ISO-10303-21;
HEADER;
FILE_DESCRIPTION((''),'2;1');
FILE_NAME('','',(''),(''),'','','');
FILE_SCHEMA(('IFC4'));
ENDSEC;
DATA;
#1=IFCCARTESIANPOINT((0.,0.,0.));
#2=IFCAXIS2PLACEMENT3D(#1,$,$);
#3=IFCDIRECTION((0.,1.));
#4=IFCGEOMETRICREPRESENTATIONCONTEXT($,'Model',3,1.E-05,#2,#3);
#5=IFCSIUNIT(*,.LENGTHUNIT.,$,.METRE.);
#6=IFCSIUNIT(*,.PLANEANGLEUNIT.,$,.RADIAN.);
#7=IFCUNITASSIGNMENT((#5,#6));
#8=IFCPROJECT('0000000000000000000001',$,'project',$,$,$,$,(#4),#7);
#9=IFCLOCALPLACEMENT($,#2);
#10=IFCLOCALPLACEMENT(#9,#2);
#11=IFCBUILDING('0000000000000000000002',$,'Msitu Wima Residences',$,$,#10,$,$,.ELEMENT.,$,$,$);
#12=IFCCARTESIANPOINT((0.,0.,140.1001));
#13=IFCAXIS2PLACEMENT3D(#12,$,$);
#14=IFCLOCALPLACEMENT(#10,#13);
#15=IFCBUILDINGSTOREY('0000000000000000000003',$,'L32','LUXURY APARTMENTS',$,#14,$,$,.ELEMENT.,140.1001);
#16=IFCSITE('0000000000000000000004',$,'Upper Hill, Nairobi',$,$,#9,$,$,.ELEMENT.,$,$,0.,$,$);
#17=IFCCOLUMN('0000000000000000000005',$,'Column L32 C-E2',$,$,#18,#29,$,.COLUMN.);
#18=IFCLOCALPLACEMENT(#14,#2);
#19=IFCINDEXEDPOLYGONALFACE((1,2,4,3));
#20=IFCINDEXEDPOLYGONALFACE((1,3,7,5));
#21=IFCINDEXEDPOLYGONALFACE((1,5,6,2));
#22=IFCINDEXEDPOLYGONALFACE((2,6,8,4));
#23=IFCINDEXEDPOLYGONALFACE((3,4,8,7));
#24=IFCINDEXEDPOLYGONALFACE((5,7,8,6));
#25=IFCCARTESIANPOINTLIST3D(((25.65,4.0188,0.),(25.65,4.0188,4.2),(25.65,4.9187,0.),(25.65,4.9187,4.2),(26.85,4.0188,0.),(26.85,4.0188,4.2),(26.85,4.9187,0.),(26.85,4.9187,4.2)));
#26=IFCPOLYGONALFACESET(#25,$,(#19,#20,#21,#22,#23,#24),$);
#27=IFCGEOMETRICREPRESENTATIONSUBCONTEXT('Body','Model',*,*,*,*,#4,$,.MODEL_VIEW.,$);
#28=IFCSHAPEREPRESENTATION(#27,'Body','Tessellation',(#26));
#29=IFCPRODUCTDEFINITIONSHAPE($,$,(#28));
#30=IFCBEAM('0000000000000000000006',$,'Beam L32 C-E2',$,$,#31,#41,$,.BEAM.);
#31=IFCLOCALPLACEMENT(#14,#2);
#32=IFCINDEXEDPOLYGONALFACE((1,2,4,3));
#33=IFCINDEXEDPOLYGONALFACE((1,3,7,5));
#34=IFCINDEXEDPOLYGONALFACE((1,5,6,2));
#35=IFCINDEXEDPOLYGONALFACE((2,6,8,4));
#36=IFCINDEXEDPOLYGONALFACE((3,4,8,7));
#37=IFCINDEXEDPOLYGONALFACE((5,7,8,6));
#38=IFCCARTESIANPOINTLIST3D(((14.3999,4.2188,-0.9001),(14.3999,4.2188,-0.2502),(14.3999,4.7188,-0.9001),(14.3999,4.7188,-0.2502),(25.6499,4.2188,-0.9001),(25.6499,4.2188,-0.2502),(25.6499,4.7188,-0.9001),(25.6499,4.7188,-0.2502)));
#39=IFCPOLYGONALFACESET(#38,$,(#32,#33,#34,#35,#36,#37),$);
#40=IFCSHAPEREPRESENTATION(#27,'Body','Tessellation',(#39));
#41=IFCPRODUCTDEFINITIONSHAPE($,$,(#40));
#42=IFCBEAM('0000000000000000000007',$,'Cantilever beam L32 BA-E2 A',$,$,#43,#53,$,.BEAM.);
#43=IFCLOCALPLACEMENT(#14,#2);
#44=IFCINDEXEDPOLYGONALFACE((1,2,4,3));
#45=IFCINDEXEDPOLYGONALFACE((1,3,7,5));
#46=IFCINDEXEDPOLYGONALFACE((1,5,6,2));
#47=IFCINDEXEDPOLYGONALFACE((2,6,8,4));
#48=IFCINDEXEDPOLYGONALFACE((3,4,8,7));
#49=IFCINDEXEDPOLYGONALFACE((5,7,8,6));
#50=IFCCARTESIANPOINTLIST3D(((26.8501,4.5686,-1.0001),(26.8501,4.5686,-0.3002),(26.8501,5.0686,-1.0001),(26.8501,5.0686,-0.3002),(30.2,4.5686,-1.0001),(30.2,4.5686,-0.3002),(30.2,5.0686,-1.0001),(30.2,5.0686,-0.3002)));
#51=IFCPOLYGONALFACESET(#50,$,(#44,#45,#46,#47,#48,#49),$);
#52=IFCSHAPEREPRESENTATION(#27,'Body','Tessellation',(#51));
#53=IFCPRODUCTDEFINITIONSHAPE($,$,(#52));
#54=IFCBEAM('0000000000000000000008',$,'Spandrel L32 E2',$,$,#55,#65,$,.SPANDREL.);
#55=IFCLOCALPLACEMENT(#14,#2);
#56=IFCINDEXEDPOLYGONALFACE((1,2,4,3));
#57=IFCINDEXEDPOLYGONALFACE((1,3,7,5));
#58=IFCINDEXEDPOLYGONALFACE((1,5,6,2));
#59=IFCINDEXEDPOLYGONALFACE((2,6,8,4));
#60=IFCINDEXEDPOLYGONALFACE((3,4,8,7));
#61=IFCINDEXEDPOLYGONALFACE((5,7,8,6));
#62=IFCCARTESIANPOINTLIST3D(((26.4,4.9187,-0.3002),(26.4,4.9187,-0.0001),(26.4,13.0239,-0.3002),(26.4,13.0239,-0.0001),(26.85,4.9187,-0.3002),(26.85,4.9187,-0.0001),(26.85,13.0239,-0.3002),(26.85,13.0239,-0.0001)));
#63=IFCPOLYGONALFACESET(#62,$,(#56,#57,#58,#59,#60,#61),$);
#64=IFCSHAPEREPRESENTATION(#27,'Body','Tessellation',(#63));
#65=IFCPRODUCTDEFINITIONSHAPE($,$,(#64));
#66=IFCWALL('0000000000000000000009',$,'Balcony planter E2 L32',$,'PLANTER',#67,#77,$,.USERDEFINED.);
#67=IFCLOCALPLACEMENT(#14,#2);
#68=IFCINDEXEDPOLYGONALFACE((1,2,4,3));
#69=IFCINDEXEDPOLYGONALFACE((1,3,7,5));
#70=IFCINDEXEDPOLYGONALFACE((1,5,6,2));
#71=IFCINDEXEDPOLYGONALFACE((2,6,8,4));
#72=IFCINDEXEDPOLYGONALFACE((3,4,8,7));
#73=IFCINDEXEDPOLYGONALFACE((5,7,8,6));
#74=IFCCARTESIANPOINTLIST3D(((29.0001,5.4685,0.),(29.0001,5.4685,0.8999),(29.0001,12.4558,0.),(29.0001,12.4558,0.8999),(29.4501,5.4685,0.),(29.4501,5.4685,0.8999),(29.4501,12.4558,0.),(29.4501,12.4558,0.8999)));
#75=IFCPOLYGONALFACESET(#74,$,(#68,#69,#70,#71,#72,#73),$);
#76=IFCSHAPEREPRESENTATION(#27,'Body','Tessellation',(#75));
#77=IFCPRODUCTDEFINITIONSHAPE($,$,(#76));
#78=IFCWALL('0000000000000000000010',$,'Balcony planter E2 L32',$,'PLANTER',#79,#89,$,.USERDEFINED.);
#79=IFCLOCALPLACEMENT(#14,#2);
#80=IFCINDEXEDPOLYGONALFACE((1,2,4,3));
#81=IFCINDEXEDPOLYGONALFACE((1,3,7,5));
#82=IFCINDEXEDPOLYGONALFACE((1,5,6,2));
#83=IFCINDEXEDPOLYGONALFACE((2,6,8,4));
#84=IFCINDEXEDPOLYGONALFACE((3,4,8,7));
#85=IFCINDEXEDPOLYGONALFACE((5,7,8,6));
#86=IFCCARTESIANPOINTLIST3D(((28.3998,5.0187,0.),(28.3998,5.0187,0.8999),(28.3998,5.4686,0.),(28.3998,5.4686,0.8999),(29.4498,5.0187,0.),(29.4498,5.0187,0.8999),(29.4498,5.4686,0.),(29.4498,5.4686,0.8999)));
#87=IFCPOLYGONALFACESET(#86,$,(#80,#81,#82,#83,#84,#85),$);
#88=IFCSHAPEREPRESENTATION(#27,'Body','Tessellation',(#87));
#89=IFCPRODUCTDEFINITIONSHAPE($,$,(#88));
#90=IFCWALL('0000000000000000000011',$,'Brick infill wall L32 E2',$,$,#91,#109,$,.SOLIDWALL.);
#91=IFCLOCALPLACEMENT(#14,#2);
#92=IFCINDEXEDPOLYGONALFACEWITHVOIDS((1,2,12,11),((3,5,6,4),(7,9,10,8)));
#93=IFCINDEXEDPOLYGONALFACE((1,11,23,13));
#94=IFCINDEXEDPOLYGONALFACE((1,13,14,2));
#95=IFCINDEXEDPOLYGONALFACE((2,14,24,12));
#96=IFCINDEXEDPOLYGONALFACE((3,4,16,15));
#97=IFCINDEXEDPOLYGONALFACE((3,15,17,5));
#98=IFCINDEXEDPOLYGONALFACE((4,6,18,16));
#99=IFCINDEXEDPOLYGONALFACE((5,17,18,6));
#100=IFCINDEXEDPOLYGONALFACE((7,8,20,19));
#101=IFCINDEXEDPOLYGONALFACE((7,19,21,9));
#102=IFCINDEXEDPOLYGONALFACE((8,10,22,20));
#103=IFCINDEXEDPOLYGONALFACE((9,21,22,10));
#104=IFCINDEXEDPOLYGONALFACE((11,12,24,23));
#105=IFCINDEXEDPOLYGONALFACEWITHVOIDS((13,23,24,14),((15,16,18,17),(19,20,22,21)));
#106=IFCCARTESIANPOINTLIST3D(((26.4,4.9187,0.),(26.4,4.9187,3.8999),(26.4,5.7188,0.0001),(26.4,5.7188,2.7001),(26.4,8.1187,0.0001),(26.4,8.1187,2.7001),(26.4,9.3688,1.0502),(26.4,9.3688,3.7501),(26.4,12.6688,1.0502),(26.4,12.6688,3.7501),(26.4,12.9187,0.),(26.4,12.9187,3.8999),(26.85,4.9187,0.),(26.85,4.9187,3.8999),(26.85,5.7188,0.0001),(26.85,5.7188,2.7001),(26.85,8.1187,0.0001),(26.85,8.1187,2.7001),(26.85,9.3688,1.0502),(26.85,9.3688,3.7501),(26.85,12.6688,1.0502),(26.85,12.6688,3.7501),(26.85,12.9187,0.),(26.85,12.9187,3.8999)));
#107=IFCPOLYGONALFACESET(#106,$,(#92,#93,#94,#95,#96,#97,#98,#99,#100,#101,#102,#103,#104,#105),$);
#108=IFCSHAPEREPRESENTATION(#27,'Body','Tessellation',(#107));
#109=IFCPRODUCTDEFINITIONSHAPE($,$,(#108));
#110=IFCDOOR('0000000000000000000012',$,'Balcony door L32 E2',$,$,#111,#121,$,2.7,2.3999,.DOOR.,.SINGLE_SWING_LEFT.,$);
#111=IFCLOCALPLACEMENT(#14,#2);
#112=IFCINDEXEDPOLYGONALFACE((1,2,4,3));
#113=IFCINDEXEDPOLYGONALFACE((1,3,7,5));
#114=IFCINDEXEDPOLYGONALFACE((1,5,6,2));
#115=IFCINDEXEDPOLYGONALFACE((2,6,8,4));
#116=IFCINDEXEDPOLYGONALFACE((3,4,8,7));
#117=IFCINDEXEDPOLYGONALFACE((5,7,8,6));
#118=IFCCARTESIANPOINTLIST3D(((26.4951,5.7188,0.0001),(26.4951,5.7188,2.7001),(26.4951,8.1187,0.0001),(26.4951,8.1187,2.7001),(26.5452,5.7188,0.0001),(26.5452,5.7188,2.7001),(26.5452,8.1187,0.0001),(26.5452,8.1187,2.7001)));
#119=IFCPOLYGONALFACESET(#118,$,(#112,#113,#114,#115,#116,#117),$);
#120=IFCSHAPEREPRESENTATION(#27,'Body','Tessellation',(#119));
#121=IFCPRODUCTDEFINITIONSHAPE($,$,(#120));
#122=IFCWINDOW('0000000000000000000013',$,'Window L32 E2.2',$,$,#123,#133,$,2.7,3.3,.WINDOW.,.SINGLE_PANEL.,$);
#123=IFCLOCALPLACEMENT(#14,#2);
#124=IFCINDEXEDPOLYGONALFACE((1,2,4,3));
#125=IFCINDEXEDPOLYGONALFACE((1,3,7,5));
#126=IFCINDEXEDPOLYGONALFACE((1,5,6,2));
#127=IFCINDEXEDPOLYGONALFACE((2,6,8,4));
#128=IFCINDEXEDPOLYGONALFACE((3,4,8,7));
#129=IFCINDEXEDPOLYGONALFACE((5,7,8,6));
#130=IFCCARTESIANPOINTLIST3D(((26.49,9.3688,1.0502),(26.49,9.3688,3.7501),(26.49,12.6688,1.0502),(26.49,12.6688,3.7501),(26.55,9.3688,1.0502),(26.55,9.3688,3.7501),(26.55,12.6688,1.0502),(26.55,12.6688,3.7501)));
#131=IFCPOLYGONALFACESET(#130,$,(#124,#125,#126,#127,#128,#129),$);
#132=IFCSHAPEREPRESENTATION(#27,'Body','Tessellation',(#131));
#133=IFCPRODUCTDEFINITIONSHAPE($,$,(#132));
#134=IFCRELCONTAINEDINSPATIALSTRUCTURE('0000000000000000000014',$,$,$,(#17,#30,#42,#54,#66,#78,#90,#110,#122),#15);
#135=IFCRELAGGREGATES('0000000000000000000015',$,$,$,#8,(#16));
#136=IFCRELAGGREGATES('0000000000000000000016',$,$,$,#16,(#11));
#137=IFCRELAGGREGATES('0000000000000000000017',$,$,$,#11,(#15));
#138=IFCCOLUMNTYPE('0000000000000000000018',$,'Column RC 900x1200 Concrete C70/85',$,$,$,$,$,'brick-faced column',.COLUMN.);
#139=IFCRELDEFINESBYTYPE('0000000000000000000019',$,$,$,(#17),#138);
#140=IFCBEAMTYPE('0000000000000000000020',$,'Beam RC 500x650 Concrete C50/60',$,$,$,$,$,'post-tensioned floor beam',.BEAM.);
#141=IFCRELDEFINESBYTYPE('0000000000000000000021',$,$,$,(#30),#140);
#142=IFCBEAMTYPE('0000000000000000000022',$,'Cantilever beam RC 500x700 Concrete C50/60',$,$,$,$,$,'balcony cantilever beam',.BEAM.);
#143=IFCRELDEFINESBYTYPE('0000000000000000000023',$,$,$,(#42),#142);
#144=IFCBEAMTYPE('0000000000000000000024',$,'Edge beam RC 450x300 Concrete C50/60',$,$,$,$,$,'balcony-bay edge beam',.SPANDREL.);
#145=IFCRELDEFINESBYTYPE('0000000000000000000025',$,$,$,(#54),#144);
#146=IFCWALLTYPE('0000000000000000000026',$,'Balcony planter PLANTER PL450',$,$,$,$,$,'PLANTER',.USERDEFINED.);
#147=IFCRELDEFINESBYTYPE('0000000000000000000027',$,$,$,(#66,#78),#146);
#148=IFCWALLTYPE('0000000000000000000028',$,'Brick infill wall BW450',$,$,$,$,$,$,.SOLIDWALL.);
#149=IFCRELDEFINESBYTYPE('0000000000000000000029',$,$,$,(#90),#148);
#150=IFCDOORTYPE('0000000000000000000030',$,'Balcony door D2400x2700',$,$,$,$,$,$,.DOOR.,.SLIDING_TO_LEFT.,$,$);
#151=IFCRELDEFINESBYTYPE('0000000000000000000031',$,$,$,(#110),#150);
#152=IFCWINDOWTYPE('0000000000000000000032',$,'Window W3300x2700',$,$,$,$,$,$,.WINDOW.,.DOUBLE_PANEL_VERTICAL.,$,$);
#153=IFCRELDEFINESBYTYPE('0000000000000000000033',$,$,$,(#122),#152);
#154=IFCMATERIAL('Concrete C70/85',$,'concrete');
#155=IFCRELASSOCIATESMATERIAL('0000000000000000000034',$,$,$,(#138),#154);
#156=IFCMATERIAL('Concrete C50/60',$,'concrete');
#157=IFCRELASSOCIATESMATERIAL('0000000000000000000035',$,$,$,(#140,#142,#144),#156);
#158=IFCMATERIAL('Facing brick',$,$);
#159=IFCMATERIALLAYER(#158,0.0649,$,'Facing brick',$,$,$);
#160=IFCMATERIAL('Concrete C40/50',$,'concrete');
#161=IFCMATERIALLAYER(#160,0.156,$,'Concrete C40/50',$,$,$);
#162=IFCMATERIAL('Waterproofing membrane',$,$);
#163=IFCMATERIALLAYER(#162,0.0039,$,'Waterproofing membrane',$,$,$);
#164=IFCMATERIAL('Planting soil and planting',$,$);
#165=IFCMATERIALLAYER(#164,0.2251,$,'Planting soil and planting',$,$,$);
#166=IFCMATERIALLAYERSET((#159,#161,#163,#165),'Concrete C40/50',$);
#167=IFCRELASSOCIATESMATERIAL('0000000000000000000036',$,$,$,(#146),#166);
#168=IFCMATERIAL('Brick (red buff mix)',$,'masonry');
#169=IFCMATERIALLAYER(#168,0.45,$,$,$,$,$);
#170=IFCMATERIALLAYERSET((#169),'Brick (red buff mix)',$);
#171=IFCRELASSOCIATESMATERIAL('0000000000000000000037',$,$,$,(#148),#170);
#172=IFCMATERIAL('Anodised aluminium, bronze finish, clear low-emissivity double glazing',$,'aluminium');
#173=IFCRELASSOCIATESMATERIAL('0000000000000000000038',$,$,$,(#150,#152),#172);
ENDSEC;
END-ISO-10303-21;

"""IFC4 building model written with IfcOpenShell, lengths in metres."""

from ifc_helpers import new_model, si_unit, direction, frame, frame_2d, origin, origin_2d, place, context, subcontext, project, spatial, rectangle, extrude, material, layer, layer_set, material_profile, profile_set, type_object, element, fill, save


model = new_model("IFC4")

# Units and contexts
model_context = context("Model", 3, precision=1e-05, world=origin(), true_north=direction((0.0, 1.0)))
body_context = subcontext(model_context, "Body", "Model", "MODEL_VIEW")
ifc_project = project(units=[si_unit("LENGTHUNIT", "METRE"), si_unit("PLANEANGLEUNIT", "RADIAN")], contexts=[model_context])

# Site, building, storey
site_placement = place(None, origin())
site = spatial("IfcSite", under=ifc_project, at=site_placement, Name="Upper Hill, Nairobi", CompositionType="ELEMENT", RefElevation=0.0)
building_placement = place(site_placement, origin())
building = spatial("IfcBuilding", under=site, at=building_placement, Name="Msitu Wima Residences", CompositionType="ELEMENT")
storey_placement = place(building_placement, frame((0.0, 0.0, 140.1001)))
storey = spatial("IfcBuildingStorey", under=building, at=storey_placement, Name="L32", Description="LUXURY APARTMENTS", CompositionType="ELEMENT", Elevation=140.1001)

# Column
ifc_material_1 = material(Name="Concrete C70/85", Category="concrete")
ifc_material_profile_1 = material_profile(ifc_material_1, rectangle(XDim=0.8999, YDim=1.2, at=origin_2d()), Name="RC 900x1200")
ifc_profile_set_1 = profile_set([ifc_material_profile_1], Name="Concrete C70/85")
column_type = type_object("IfcColumnType", Name="Column RC 900x1200 Concrete C70/85", ElementType="brick-faced column", PredefinedType="COLUMN", material=ifc_profile_set_1)
column_placement = place(storey_placement, frame((26.25, 4.4688, 0.0), z_axis=(0.0, 0.0, 1.0), x_axis=(0.0, 1.0, 0.0)))
element("IfcColumn", 1, at=column_placement, inside=storey, type_object=column_type, Name="Column L32 C-E2", PredefinedType="COLUMN", context=body_context, shape_type="SweptSolid", body=[
    extrude(rectangle(XDim=0.8999, YDim=1.2, at=origin_2d()), origin(), (0.0, 0.0, 1.0), 4.2),
])

# Beams
ifc_material_2 = material(Name="Concrete C50/60", Category="concrete")
ifc_material_profile_2 = material_profile(ifc_material_2, rectangle(XDim=0.5, YDim=0.6499, at=origin_2d()), Name="RC 500x650")
ifc_profile_set_2 = profile_set([ifc_material_profile_2], Name="Concrete C50/60")
beam_type_1 = type_object("IfcBeamType", Name="Beam RC 500x650 Concrete C50/60", ElementType="post-tensioned floor beam", PredefinedType="BEAM", material=ifc_profile_set_2)
beam_1_placement = place(storey_placement, frame((25.6499, 4.4688, -0.5752), z_axis=(-1.0, 0.0, 0.0), x_axis=(0.0, -1.0, 0.0)))
element("IfcBeam", 2, at=beam_1_placement, inside=storey, type_object=beam_type_1, Name="Beam L32 C-E2", PredefinedType="BEAM", context=body_context, shape_type="SweptSolid", body=[
    extrude(rectangle(XDim=0.5, YDim=0.6499, at=origin_2d()), origin(), (0.0, 0.0, 1.0), 11.25),
])
ifc_material_profile_3 = material_profile(ifc_material_2, rectangle(XDim=0.5, YDim=0.7, at=origin_2d()), Name="RC 500x700")
ifc_profile_set_3 = profile_set([ifc_material_profile_3], Name="Concrete C50/60")
beam_type_2 = type_object("IfcBeamType", Name="Cantilever beam RC 500x700 Concrete C50/60", ElementType="balcony cantilever beam", PredefinedType="BEAM", material=ifc_profile_set_3)
beam_2_placement = place(storey_placement, frame((26.8501, 4.8186, -0.6501), z_axis=(1.0, 0.0, 0.0), x_axis=(0.0, 1.0, 0.0)))
element("IfcBeam", 3, at=beam_2_placement, inside=storey, type_object=beam_type_2, Name="Cantilever beam L32 BA-E2 A", PredefinedType="BEAM", context=body_context, shape_type="SweptSolid", body=[
    extrude(rectangle(XDim=0.5, YDim=0.7, at=origin_2d()), origin(), (0.0, 0.0, 1.0), 3.3499),
])
ifc_material_profile_4 = material_profile(ifc_material_2, rectangle(XDim=0.45, YDim=0.3, at=origin_2d()), Name="RC 450x300")
ifc_profile_set_4 = profile_set([ifc_material_profile_4], Name="Concrete C50/60")
beam_type_3 = type_object("IfcBeamType", Name="Edge beam RC 450x300 Concrete C50/60", ElementType="balcony-bay edge beam", PredefinedType="SPANDREL", material=ifc_profile_set_4)
beam_3_placement = place(storey_placement, frame((26.625, 4.9187, -0.1501), z_axis=(0.0, 1.0, 0.0), x_axis=(-1.0, 0.0, 0.0)))
element("IfcBeam", 4, at=beam_3_placement, inside=storey, type_object=beam_type_3, Name="Spandrel L32 E2", PredefinedType="SPANDREL", context=body_context, shape_type="SweptSolid", body=[
    extrude(rectangle(XDim=0.45, YDim=0.3, at=origin_2d()), origin(), (0.0, 0.0, 1.0), 8.1052),
])

# Walls
ifc_material_3 = material(Name="Facing brick")
ifc_layer_1 = layer(ifc_material_3, 0.0649, Name="Facing brick")
ifc_material_4 = material(Name="Concrete C40/50", Category="concrete")
ifc_layer_2 = layer(ifc_material_4, 0.156, Name="Concrete C40/50")
ifc_material_5 = material(Name="Waterproofing membrane")
ifc_layer_3 = layer(ifc_material_5, 0.0039, Name="Waterproofing membrane")
ifc_material_6 = material(Name="Planting soil and planting")
ifc_layer_4 = layer(ifc_material_6, 0.2251, Name="Planting soil and planting")
ifc_layer_set_1 = layer_set([ifc_layer_1, ifc_layer_2, ifc_layer_3, ifc_layer_4], Name="Concrete C40/50")
wall_type_1 = type_object("IfcWallType", Name="Balcony planter PLANTER PL450", ElementType="PLANTER", PredefinedType="USERDEFINED", material=ifc_layer_set_1)
wall_1_placement = place(storey_placement, frame((29.2251, 5.4685, 0.0), z_axis=(0.0, 0.0, 1.0), x_axis=(0.0, 1.0, 0.0)))
element("IfcWall", 5, at=wall_1_placement, inside=storey, type_object=wall_type_1, Name="Balcony planter E2 L32", ObjectType="PLANTER", PredefinedType="USERDEFINED", context=body_context, shape_type="SweptSolid", body=[
    extrude(rectangle(XDim=6.9873, YDim=0.45, at=frame_2d((3.4937, 0.0))), origin(), (0.0, 0.0, 1.0), 0.8999),
])
wall_2_placement = place(storey_placement, frame((28.3999, 5.2437, 0.0), z_axis=(0.0, 0.0, 1.0), x_axis=(1.0, 0.0, 0.0)))
element("IfcWall", 6, at=wall_2_placement, inside=storey, type_object=wall_type_1, Name="Balcony planter E2 L32", ObjectType="PLANTER", PredefinedType="USERDEFINED", context=body_context, shape_type="SweptSolid", body=[
    extrude(rectangle(XDim=1.05, YDim=0.45, at=frame_2d((0.5249, 0.0))), origin(), (0.0, 0.0, 1.0), 0.8999),
])

# Wall, openings, door, window
ifc_material_7 = material(Name="Brick (red buff mix)", Category="masonry")
ifc_layer_5 = layer(ifc_material_7, 0.45)
ifc_layer_set_2 = layer_set([ifc_layer_5], Name="Brick (red buff mix)")
wall_type_2 = type_object("IfcWallType", Name="Brick infill wall BW450", PredefinedType="SOLIDWALL", material=ifc_layer_set_2)
wall_3_placement = place(storey_placement, frame((26.625, 4.9187, 0.0), z_axis=(0.0, 0.0, 1.0), x_axis=(0.0, 1.0, 0.0)))
wall_3 = element("IfcWall", 7, at=wall_3_placement, inside=storey, type_object=wall_type_2, Name="Brick infill wall L32 E2", PredefinedType="SOLIDWALL", context=body_context, shape_type="SweptSolid", body=[
    extrude(rectangle(XDim=8.0, YDim=0.45, at=frame_2d((4.0, 0.0))), origin(), (0.0, 0.0, 1.0), 3.8999),
])
opening_1_placement = place(wall_3_placement, frame((0.8, 0.0, 0.0)))
opening_1 = element("IfcOpeningElement", 8, at=opening_1_placement, cuts=wall_3, PredefinedType="OPENING", context=body_context, shape_type="SweptSolid", body=[
    extrude(rectangle(XDim=2.3999, YDim=2.7, at=frame_2d((1.2, 1.3501))), frame((0.0, 0.2349, 0.0), z_axis=(0.0, -1.0, 0.0), x_axis=(1.0, 0.0, 0.0)), (0.0, 0.0, 1.0), 0.47),
])
opening_2_placement = place(wall_3_placement, frame((4.4502, 0.0, 1.05)))
opening_2 = element("IfcOpeningElement", 9, at=opening_2_placement, cuts=wall_3, PredefinedType="OPENING", context=body_context, shape_type="SweptSolid", body=[
    extrude(rectangle(XDim=3.3, YDim=2.7, at=frame_2d((1.6499, 1.3501))), frame((0.0, 0.2349, 0.0), z_axis=(0.0, -1.0, 0.0), x_axis=(1.0, 0.0, 0.0)), (0.0, 0.0, 1.0), 0.47),
])
ifc_material_8 = material(Name="Anodised aluminium, bronze finish, clear low-emissivity double glazing", Category="aluminium")
door_type_1 = type_object("IfcDoorType", Name="Balcony door D2400x2700", OperationType="SLIDING_TO_LEFT", PredefinedType="DOOR", material=ifc_material_8)
door_1_placement = place(opening_1_placement, origin())
door_1 = element("IfcDoor", 10, at=door_1_placement, inside=storey, type_object=door_type_1, Name="Balcony door L32 E2", OperationType="SINGLE_SWING_LEFT", OverallHeight=2.7, OverallWidth=2.3999, PredefinedType="DOOR", context=body_context, shape_type="SweptSolid", body=[
    extrude(rectangle(XDim=2.3999, YDim=2.7, at=frame_2d((1.2, 1.3501))), frame((0.0, 0.1299, 0.0), z_axis=(0.0, -1.0, 0.0), x_axis=(1.0, 0.0, 0.0)), (0.0, 0.0, 1.0), 0.05),
])
fill(opening_1, door_1)
window_type = type_object("IfcWindowType", Name="Window W3300x2700", PartitioningType="DOUBLE_PANEL_VERTICAL", PredefinedType="WINDOW", material=ifc_material_8)
window_placement = place(opening_2_placement, origin())
window = element("IfcWindow", 11, at=window_placement, inside=storey, type_object=window_type, Name="Window L32 E2.2", OverallHeight=2.7, OverallWidth=3.3, PartitioningType="SINGLE_PANEL", PredefinedType="WINDOW", context=body_context, shape_type="SweptSolid", body=[
    extrude(rectangle(XDim=3.3, YDim=2.7, at=frame_2d((1.6499, 1.3501))), frame((0.0, 0.135, 0.0), z_axis=(0.0, -1.0, 0.0), x_axis=(1.0, 0.0, 0.0)), (0.0, 0.0, 1.0), 0.0601),
])
fill(opening_2, window)

save(model, "model.ifc")
